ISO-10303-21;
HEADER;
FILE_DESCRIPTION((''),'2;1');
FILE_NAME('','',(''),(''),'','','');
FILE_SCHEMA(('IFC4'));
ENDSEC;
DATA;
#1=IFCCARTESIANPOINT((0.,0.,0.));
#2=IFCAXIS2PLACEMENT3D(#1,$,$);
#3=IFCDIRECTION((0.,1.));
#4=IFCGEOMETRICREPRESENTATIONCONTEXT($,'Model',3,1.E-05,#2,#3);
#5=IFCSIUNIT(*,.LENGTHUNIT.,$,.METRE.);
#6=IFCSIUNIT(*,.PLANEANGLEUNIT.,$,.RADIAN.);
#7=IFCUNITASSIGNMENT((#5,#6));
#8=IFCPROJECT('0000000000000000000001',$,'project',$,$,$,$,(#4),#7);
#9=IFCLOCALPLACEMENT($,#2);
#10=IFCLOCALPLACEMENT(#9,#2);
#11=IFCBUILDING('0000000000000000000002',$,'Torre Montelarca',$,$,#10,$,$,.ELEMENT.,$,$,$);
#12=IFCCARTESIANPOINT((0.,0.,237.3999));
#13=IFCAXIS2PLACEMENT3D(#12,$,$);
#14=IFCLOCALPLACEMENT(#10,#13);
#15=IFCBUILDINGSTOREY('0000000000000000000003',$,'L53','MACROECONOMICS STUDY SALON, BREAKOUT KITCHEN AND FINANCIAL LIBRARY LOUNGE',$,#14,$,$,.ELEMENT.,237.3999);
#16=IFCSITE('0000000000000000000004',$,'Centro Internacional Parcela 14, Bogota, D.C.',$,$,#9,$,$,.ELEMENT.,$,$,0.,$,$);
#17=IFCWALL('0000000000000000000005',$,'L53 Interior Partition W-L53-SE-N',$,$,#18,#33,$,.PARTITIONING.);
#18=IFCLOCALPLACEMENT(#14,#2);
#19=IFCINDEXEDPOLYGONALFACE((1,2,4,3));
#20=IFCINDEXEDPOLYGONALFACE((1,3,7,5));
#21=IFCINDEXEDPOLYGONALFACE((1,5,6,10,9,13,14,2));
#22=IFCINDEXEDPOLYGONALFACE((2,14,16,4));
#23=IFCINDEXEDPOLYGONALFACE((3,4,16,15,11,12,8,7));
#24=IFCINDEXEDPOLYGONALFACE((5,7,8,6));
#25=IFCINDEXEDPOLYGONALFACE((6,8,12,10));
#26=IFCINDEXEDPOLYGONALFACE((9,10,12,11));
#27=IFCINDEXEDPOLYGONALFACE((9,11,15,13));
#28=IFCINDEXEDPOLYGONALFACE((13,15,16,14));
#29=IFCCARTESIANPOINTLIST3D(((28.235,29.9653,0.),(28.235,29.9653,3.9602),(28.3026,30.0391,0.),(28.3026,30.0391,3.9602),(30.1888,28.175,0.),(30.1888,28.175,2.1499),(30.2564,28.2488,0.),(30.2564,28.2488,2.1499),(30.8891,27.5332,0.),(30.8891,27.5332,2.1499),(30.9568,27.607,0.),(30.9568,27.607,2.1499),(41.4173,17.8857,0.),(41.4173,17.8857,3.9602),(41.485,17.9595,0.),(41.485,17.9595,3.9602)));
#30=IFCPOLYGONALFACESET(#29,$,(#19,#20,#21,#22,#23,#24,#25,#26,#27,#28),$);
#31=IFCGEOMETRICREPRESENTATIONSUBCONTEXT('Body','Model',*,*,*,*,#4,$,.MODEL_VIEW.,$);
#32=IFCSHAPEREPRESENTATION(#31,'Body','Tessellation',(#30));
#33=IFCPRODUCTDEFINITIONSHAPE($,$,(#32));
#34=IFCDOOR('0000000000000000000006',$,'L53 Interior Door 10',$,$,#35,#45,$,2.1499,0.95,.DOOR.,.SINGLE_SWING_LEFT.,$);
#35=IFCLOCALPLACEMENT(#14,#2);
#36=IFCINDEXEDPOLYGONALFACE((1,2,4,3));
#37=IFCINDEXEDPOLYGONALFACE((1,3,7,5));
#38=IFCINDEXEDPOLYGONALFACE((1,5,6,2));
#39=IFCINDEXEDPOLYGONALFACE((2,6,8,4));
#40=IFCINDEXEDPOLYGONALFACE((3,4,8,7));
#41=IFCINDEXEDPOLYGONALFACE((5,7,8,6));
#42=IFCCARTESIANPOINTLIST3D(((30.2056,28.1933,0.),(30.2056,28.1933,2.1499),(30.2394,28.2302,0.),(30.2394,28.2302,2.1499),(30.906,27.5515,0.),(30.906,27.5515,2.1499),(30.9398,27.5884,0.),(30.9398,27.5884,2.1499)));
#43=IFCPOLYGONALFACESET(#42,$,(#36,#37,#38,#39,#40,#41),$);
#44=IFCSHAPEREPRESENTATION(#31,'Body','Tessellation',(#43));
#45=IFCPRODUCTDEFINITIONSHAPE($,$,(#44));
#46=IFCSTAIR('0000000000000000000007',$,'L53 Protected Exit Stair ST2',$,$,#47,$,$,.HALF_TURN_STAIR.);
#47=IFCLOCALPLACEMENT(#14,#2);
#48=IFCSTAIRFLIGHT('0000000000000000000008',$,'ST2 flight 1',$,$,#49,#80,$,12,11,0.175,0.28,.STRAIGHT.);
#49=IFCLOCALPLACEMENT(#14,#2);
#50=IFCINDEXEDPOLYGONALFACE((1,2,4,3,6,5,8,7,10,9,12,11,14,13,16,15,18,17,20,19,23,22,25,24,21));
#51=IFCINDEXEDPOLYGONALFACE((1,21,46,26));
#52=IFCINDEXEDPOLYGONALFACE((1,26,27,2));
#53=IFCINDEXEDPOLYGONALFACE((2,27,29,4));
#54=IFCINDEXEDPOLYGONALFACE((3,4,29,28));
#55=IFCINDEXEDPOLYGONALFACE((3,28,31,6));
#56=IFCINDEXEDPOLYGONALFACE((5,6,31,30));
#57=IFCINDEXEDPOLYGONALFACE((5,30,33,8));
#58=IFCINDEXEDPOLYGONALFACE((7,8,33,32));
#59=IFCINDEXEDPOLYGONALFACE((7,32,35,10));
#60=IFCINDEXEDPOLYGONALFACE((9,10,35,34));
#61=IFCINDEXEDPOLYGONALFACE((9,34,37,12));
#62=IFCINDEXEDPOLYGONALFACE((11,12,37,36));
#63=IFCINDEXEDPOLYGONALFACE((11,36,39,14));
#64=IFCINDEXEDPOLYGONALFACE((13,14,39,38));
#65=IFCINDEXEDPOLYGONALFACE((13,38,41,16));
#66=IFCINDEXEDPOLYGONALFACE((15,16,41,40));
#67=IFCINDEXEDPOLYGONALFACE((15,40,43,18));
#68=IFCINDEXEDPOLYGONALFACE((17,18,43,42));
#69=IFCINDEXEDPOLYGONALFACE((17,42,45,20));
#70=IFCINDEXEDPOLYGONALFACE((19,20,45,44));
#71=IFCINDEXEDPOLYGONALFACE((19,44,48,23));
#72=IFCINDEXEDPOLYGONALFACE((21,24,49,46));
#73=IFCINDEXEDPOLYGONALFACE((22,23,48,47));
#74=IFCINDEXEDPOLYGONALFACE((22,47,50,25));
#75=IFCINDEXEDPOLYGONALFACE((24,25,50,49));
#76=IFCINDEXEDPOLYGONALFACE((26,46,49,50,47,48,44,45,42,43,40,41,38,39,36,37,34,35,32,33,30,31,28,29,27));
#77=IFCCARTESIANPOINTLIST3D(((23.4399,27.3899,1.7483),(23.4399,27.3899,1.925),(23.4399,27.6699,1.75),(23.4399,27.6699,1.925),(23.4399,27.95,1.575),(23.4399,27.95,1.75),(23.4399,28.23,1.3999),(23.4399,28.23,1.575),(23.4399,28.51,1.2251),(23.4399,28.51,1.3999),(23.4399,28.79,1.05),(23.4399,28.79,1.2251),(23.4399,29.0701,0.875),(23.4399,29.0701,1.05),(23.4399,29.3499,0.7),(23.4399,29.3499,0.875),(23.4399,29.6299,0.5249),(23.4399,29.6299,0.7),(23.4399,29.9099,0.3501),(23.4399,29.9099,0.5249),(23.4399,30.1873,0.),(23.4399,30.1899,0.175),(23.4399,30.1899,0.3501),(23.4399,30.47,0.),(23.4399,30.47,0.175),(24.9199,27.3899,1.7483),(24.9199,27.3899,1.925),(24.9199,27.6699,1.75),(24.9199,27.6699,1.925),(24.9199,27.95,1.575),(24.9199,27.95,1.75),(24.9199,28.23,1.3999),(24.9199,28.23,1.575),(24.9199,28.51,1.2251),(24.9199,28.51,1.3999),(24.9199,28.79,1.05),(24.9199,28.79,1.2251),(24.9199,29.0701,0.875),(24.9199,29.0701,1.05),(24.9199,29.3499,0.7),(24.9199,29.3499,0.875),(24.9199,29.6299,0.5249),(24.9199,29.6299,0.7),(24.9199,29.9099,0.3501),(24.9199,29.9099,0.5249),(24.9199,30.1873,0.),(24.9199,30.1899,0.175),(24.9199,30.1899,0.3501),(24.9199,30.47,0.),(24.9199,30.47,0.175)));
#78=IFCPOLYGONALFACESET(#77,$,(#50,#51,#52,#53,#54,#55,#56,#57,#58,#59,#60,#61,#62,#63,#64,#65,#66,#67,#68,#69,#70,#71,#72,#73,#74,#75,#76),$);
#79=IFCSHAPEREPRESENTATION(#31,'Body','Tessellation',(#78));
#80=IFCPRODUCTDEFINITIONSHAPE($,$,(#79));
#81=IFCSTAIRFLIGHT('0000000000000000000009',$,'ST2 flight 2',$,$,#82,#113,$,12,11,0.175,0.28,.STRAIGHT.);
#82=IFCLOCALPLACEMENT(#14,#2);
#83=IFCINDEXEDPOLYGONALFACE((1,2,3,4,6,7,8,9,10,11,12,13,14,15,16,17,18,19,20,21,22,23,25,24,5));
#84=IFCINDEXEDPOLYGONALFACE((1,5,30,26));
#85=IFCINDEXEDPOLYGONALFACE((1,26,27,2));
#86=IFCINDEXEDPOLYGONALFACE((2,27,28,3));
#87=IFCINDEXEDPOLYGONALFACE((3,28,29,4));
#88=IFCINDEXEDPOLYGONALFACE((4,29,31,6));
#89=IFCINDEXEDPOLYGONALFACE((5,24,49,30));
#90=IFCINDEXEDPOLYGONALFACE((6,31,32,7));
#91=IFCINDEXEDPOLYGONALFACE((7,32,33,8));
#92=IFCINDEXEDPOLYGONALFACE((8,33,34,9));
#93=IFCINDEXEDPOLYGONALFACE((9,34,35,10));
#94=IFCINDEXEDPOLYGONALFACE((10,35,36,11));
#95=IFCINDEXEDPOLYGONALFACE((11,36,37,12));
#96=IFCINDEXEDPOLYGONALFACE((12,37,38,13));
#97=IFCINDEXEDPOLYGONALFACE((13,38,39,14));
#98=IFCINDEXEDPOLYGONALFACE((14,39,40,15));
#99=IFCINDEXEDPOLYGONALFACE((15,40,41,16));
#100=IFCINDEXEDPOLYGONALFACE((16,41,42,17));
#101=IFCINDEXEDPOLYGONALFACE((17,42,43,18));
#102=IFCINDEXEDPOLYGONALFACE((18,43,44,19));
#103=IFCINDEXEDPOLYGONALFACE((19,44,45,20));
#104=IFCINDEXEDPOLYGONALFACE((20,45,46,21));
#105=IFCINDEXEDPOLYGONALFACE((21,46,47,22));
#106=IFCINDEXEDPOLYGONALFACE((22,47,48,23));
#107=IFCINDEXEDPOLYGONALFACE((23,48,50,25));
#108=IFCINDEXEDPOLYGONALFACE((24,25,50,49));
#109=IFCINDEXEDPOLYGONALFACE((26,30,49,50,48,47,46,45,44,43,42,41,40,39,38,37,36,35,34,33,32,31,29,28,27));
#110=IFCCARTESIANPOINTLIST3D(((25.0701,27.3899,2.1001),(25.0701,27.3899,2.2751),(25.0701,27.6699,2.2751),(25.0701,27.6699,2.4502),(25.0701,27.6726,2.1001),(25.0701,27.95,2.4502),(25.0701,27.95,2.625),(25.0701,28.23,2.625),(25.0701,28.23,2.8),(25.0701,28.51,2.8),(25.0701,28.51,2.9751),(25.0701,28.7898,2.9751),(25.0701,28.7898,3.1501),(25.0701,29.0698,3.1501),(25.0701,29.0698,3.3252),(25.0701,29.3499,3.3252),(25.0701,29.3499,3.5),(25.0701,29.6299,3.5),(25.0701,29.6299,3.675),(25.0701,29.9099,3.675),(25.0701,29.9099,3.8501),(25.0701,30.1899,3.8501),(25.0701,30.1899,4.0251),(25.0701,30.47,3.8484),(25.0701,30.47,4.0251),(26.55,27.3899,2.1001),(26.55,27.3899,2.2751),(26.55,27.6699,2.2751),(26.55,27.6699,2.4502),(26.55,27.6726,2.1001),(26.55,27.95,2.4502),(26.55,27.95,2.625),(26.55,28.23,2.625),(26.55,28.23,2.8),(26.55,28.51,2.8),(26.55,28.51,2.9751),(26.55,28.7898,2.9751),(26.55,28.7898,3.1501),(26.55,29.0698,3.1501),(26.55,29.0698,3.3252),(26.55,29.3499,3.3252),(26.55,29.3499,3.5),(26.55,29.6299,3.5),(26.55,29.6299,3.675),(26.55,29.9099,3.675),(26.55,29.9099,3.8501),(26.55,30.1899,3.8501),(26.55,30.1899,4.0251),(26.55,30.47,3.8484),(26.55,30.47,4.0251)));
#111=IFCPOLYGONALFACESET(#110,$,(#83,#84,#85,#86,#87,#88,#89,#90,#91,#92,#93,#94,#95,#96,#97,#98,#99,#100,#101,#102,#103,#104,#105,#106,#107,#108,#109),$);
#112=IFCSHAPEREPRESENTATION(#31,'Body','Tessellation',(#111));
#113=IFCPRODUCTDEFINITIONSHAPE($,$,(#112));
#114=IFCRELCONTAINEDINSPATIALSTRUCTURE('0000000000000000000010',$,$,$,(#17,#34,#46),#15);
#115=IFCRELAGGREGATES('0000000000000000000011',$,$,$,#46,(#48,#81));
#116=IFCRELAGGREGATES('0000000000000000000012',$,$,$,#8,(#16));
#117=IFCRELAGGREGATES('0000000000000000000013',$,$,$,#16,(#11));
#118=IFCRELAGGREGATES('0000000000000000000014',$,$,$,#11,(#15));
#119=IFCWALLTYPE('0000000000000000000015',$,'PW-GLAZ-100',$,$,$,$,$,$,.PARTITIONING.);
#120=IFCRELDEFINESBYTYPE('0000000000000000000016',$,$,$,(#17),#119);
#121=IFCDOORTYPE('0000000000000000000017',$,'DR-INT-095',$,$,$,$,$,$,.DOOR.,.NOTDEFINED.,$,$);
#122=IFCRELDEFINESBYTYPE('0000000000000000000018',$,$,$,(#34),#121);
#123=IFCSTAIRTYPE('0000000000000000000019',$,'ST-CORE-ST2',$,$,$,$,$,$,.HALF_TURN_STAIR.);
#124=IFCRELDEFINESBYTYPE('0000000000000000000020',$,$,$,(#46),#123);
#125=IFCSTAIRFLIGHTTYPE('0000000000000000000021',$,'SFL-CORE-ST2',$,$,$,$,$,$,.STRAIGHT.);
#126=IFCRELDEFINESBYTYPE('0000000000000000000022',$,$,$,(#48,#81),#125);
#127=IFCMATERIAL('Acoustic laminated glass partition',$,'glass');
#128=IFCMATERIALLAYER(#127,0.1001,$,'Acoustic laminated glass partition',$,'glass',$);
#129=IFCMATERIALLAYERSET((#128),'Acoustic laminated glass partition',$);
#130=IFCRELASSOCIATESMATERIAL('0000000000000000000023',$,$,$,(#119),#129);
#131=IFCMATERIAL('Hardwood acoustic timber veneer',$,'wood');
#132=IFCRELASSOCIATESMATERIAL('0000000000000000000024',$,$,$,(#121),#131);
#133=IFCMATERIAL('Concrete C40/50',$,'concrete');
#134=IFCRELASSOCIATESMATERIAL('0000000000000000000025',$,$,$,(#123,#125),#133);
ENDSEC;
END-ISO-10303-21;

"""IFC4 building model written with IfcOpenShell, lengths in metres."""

from ifc_helpers import new_model, si_unit, direction, frame, frame_2d, origin, place, context, subcontext, project, spatial, polyline, rectangle, outline, extrude, source, transform, mapped, material, layer, layer_set, type_object, element, fill, aggregate, save


model = new_model("IFC4")

# Units and contexts
model_context = context("Model", 3, precision=1e-05, world=origin(), true_north=direction((0.0, 1.0)))
body_context = subcontext(model_context, "Body", "Model", "MODEL_VIEW")
ifc_project = project(units=[si_unit("LENGTHUNIT", "METRE"), si_unit("PLANEANGLEUNIT", "RADIAN")], contexts=[model_context])

# Site, building, storey
site_placement = place(None, origin())
site = spatial("IfcSite", under=ifc_project, at=site_placement, Name="Centro Internacional Parcela 14, Bogota, D.C.", CompositionType="ELEMENT", RefElevation=0.0)
building_placement = place(site_placement, origin())
building = spatial("IfcBuilding", under=site, at=building_placement, Name="Torre Montelarca", CompositionType="ELEMENT")
storey_placement = place(building_placement, frame((0.0, 0.0, 237.3999)))
storey = spatial("IfcBuildingStorey", under=building, at=storey_placement, Name="L53", Description="MACROECONOMICS STUDY SALON, BREAKOUT KITCHEN AND FINANCIAL LIBRARY LOUNGE", CompositionType="ELEMENT", Elevation=237.3999)

# Shared definitions
ifc_material_1 = material(Name="Concrete C40/50", Category="concrete")

# Wall, opening, door
ifc_material_2 = material(Name="Acoustic laminated glass partition", Category="glass")
ifc_layer_1 = layer(ifc_material_2, 0.1001, Name="Acoustic laminated glass partition", Category="glass")
ifc_layer_set_1 = layer_set([ifc_layer_1], Name="Acoustic laminated glass partition")
wall_type_1 = type_object("IfcWallType", Name="PW-GLAZ-100", PredefinedType="PARTITIONING", material=ifc_layer_set_1)
wall_1_placement = place(storey_placement, frame((28.2688, 30.0022, 0.0), z_axis=(0.0, 0.0, 1.0), x_axis=(0.737273, -0.675595, 0.0)))
wall_1 = element("IfcWall", 1, at=wall_1_placement, inside=storey, type_object=wall_type_1, Name="L53 Interior Partition W-L53-SE-N", PredefinedType="PARTITIONING", context=body_context, shape_type="SweptSolid", body=[
    extrude(rectangle(XDim=17.8799, YDim=0.1001, at=frame_2d((8.9399, 0.0))), origin(), (0.0, 0.0, 1.0), 3.9602),
])
opening_1_placement = place(wall_1_placement, frame((2.6499, 0.0, 0.0)))
opening_1 = element("IfcOpeningElement", 2, at=opening_1_placement, cuts=wall_1, PredefinedType="OPENING", context=body_context, shape_type="SweptSolid", body=[
    extrude(rectangle(XDim=0.95, YDim=2.1499, at=frame_2d((0.4751, 1.075))), frame((0.0, 0.0601, 0.0), z_axis=(0.0, -1.0, 0.0), x_axis=(1.0, 0.0, 0.0)), (0.0, 0.0, 1.0), 0.1201),
])
ifc_material_3 = material(Name="Hardwood acoustic timber veneer", Category="wood")
door_type_1 = type_object("IfcDoorType", Name="DR-INT-095", OperationType="NOTDEFINED", PredefinedType="DOOR", material=ifc_material_3)
shared_shape_1 = source(origin(), body_context, "Body", "SweptSolid", [
    extrude(rectangle(XDim=0.95, YDim=2.1499, at=frame_2d((0.4751, 1.075))), frame((0.0, 0.0249, 0.0), z_axis=(0.0, -1.0, 0.0), x_axis=(1.0, 0.0, 0.0)), (0.0, 0.0, 1.0), 0.05),
])
door_1_placement = place(opening_1_placement, origin())
door_1 = element("IfcDoor", 3, at=door_1_placement, inside=storey, type_object=door_type_1, Name="L53 Interior Door 10", OperationType="SINGLE_SWING_LEFT", OverallHeight=2.1499, OverallWidth=0.95, PredefinedType="DOOR", context=body_context, shape_type="MappedRepresentation", body=[
    mapped(shared_shape_1, transform((0.0, 0.0, 0.0), scale=1.0)),
])
fill(opening_1, door_1)

# Stair, stair flights
stair_type = type_object("IfcStairType", Name="ST-CORE-ST2", PredefinedType="HALF_TURN_STAIR", material=ifc_material_1)
stair_placement = place(storey_placement, origin())
stair = element("IfcStair", 4, at=stair_placement, inside=storey, type_object=stair_type, Name="L53 Protected Exit Stair ST2", PredefinedType="HALF_TURN_STAIR")
stair_flight_type = type_object("IfcStairFlightType", Name="SFL-CORE-ST2", PredefinedType="STRAIGHT", material=ifc_material_1)
stair_flight_1_placement = place(storey_placement, frame((24.1799, 30.47, 0.0), z_axis=(0.0, 0.0, 1.0), x_axis=(0.0, -1.0, 0.0)))
stair_flight_1 = element("IfcStairFlight", 5, at=stair_flight_1_placement, type_object=stair_flight_type, Name="ST2 flight 1", NumberOfRisers=12, NumberOfTreads=11, PredefinedType="STRAIGHT", RiserHeight=0.175, TreadLength=0.28, context=body_context, shape_type="SweptSolid", body=[
    extrude(outline(polyline([(0.0, 0.0), (0.0, 0.175), (0.28, 0.175), (0.28, 0.3501), (0.5601, 0.3501), (0.5601, 0.5249), (0.8401, 0.5249), (0.8401, 0.7), (1.1201, 0.7), (1.1201, 0.875), (1.3999, 0.875), (1.3999, 1.05), (1.6799, 1.05), (1.6799, 1.2251), (1.96, 1.2251), (1.96, 1.3999), (2.24, 1.3999), (2.24, 1.575), (2.52, 1.575), (2.52, 1.75), (2.8, 1.75), (2.8, 1.925), (3.0801, 1.925), (3.0801, 2.1001), (3.0801, 1.7483), (0.2827, 0.0), (0.0, 0.0)])), frame((0.0, 0.74, 0.0), z_axis=(0.0, -1.0, 0.0), x_axis=(1.0, 0.0, 0.0)), (0.0, 0.0, 1.0), 1.48),
])
stair_flight_2_placement = place(storey_placement, frame((25.8101, 27.3899, 2.1001), z_axis=(0.0, 0.0, 1.0), x_axis=(0.0, 1.0, 0.0)))
stair_flight_2 = element("IfcStairFlight", 6, at=stair_flight_2_placement, type_object=stair_flight_type, Name="ST2 flight 2", NumberOfRisers=12, NumberOfTreads=11, PredefinedType="STRAIGHT", RiserHeight=0.175, TreadLength=0.28, context=body_context, shape_type="SweptSolid", body=[
    extrude(outline(polyline([(0.0, 0.0), (0.0, 0.175), (0.28, 0.175), (0.28, 0.3501), (0.5601, 0.3501), (0.5601, 0.5249), (0.8401, 0.5249), (0.8401, 0.7), (1.1201, 0.7), (1.1201, 0.875), (1.3999, 0.875), (1.3999, 1.05), (1.6799, 1.05), (1.6799, 1.2251), (1.96, 1.2251), (1.96, 1.3999), (2.24, 1.3999), (2.24, 1.575), (2.52, 1.575), (2.52, 1.75), (2.8, 1.75), (2.8, 1.925), (3.0801, 1.925), (3.0801, 2.1001), (3.0801, 1.7483), (0.2827, 0.0), (0.0, 0.0)])), frame((0.0, 0.74, 0.0), z_axis=(0.0, -1.0, 0.0), x_axis=(1.0, 0.0, 0.0)), (0.0, 0.0, 1.0), 1.48),
])
aggregate(stair, [stair_flight_1, stair_flight_2])

save(model, "model.ifc")
